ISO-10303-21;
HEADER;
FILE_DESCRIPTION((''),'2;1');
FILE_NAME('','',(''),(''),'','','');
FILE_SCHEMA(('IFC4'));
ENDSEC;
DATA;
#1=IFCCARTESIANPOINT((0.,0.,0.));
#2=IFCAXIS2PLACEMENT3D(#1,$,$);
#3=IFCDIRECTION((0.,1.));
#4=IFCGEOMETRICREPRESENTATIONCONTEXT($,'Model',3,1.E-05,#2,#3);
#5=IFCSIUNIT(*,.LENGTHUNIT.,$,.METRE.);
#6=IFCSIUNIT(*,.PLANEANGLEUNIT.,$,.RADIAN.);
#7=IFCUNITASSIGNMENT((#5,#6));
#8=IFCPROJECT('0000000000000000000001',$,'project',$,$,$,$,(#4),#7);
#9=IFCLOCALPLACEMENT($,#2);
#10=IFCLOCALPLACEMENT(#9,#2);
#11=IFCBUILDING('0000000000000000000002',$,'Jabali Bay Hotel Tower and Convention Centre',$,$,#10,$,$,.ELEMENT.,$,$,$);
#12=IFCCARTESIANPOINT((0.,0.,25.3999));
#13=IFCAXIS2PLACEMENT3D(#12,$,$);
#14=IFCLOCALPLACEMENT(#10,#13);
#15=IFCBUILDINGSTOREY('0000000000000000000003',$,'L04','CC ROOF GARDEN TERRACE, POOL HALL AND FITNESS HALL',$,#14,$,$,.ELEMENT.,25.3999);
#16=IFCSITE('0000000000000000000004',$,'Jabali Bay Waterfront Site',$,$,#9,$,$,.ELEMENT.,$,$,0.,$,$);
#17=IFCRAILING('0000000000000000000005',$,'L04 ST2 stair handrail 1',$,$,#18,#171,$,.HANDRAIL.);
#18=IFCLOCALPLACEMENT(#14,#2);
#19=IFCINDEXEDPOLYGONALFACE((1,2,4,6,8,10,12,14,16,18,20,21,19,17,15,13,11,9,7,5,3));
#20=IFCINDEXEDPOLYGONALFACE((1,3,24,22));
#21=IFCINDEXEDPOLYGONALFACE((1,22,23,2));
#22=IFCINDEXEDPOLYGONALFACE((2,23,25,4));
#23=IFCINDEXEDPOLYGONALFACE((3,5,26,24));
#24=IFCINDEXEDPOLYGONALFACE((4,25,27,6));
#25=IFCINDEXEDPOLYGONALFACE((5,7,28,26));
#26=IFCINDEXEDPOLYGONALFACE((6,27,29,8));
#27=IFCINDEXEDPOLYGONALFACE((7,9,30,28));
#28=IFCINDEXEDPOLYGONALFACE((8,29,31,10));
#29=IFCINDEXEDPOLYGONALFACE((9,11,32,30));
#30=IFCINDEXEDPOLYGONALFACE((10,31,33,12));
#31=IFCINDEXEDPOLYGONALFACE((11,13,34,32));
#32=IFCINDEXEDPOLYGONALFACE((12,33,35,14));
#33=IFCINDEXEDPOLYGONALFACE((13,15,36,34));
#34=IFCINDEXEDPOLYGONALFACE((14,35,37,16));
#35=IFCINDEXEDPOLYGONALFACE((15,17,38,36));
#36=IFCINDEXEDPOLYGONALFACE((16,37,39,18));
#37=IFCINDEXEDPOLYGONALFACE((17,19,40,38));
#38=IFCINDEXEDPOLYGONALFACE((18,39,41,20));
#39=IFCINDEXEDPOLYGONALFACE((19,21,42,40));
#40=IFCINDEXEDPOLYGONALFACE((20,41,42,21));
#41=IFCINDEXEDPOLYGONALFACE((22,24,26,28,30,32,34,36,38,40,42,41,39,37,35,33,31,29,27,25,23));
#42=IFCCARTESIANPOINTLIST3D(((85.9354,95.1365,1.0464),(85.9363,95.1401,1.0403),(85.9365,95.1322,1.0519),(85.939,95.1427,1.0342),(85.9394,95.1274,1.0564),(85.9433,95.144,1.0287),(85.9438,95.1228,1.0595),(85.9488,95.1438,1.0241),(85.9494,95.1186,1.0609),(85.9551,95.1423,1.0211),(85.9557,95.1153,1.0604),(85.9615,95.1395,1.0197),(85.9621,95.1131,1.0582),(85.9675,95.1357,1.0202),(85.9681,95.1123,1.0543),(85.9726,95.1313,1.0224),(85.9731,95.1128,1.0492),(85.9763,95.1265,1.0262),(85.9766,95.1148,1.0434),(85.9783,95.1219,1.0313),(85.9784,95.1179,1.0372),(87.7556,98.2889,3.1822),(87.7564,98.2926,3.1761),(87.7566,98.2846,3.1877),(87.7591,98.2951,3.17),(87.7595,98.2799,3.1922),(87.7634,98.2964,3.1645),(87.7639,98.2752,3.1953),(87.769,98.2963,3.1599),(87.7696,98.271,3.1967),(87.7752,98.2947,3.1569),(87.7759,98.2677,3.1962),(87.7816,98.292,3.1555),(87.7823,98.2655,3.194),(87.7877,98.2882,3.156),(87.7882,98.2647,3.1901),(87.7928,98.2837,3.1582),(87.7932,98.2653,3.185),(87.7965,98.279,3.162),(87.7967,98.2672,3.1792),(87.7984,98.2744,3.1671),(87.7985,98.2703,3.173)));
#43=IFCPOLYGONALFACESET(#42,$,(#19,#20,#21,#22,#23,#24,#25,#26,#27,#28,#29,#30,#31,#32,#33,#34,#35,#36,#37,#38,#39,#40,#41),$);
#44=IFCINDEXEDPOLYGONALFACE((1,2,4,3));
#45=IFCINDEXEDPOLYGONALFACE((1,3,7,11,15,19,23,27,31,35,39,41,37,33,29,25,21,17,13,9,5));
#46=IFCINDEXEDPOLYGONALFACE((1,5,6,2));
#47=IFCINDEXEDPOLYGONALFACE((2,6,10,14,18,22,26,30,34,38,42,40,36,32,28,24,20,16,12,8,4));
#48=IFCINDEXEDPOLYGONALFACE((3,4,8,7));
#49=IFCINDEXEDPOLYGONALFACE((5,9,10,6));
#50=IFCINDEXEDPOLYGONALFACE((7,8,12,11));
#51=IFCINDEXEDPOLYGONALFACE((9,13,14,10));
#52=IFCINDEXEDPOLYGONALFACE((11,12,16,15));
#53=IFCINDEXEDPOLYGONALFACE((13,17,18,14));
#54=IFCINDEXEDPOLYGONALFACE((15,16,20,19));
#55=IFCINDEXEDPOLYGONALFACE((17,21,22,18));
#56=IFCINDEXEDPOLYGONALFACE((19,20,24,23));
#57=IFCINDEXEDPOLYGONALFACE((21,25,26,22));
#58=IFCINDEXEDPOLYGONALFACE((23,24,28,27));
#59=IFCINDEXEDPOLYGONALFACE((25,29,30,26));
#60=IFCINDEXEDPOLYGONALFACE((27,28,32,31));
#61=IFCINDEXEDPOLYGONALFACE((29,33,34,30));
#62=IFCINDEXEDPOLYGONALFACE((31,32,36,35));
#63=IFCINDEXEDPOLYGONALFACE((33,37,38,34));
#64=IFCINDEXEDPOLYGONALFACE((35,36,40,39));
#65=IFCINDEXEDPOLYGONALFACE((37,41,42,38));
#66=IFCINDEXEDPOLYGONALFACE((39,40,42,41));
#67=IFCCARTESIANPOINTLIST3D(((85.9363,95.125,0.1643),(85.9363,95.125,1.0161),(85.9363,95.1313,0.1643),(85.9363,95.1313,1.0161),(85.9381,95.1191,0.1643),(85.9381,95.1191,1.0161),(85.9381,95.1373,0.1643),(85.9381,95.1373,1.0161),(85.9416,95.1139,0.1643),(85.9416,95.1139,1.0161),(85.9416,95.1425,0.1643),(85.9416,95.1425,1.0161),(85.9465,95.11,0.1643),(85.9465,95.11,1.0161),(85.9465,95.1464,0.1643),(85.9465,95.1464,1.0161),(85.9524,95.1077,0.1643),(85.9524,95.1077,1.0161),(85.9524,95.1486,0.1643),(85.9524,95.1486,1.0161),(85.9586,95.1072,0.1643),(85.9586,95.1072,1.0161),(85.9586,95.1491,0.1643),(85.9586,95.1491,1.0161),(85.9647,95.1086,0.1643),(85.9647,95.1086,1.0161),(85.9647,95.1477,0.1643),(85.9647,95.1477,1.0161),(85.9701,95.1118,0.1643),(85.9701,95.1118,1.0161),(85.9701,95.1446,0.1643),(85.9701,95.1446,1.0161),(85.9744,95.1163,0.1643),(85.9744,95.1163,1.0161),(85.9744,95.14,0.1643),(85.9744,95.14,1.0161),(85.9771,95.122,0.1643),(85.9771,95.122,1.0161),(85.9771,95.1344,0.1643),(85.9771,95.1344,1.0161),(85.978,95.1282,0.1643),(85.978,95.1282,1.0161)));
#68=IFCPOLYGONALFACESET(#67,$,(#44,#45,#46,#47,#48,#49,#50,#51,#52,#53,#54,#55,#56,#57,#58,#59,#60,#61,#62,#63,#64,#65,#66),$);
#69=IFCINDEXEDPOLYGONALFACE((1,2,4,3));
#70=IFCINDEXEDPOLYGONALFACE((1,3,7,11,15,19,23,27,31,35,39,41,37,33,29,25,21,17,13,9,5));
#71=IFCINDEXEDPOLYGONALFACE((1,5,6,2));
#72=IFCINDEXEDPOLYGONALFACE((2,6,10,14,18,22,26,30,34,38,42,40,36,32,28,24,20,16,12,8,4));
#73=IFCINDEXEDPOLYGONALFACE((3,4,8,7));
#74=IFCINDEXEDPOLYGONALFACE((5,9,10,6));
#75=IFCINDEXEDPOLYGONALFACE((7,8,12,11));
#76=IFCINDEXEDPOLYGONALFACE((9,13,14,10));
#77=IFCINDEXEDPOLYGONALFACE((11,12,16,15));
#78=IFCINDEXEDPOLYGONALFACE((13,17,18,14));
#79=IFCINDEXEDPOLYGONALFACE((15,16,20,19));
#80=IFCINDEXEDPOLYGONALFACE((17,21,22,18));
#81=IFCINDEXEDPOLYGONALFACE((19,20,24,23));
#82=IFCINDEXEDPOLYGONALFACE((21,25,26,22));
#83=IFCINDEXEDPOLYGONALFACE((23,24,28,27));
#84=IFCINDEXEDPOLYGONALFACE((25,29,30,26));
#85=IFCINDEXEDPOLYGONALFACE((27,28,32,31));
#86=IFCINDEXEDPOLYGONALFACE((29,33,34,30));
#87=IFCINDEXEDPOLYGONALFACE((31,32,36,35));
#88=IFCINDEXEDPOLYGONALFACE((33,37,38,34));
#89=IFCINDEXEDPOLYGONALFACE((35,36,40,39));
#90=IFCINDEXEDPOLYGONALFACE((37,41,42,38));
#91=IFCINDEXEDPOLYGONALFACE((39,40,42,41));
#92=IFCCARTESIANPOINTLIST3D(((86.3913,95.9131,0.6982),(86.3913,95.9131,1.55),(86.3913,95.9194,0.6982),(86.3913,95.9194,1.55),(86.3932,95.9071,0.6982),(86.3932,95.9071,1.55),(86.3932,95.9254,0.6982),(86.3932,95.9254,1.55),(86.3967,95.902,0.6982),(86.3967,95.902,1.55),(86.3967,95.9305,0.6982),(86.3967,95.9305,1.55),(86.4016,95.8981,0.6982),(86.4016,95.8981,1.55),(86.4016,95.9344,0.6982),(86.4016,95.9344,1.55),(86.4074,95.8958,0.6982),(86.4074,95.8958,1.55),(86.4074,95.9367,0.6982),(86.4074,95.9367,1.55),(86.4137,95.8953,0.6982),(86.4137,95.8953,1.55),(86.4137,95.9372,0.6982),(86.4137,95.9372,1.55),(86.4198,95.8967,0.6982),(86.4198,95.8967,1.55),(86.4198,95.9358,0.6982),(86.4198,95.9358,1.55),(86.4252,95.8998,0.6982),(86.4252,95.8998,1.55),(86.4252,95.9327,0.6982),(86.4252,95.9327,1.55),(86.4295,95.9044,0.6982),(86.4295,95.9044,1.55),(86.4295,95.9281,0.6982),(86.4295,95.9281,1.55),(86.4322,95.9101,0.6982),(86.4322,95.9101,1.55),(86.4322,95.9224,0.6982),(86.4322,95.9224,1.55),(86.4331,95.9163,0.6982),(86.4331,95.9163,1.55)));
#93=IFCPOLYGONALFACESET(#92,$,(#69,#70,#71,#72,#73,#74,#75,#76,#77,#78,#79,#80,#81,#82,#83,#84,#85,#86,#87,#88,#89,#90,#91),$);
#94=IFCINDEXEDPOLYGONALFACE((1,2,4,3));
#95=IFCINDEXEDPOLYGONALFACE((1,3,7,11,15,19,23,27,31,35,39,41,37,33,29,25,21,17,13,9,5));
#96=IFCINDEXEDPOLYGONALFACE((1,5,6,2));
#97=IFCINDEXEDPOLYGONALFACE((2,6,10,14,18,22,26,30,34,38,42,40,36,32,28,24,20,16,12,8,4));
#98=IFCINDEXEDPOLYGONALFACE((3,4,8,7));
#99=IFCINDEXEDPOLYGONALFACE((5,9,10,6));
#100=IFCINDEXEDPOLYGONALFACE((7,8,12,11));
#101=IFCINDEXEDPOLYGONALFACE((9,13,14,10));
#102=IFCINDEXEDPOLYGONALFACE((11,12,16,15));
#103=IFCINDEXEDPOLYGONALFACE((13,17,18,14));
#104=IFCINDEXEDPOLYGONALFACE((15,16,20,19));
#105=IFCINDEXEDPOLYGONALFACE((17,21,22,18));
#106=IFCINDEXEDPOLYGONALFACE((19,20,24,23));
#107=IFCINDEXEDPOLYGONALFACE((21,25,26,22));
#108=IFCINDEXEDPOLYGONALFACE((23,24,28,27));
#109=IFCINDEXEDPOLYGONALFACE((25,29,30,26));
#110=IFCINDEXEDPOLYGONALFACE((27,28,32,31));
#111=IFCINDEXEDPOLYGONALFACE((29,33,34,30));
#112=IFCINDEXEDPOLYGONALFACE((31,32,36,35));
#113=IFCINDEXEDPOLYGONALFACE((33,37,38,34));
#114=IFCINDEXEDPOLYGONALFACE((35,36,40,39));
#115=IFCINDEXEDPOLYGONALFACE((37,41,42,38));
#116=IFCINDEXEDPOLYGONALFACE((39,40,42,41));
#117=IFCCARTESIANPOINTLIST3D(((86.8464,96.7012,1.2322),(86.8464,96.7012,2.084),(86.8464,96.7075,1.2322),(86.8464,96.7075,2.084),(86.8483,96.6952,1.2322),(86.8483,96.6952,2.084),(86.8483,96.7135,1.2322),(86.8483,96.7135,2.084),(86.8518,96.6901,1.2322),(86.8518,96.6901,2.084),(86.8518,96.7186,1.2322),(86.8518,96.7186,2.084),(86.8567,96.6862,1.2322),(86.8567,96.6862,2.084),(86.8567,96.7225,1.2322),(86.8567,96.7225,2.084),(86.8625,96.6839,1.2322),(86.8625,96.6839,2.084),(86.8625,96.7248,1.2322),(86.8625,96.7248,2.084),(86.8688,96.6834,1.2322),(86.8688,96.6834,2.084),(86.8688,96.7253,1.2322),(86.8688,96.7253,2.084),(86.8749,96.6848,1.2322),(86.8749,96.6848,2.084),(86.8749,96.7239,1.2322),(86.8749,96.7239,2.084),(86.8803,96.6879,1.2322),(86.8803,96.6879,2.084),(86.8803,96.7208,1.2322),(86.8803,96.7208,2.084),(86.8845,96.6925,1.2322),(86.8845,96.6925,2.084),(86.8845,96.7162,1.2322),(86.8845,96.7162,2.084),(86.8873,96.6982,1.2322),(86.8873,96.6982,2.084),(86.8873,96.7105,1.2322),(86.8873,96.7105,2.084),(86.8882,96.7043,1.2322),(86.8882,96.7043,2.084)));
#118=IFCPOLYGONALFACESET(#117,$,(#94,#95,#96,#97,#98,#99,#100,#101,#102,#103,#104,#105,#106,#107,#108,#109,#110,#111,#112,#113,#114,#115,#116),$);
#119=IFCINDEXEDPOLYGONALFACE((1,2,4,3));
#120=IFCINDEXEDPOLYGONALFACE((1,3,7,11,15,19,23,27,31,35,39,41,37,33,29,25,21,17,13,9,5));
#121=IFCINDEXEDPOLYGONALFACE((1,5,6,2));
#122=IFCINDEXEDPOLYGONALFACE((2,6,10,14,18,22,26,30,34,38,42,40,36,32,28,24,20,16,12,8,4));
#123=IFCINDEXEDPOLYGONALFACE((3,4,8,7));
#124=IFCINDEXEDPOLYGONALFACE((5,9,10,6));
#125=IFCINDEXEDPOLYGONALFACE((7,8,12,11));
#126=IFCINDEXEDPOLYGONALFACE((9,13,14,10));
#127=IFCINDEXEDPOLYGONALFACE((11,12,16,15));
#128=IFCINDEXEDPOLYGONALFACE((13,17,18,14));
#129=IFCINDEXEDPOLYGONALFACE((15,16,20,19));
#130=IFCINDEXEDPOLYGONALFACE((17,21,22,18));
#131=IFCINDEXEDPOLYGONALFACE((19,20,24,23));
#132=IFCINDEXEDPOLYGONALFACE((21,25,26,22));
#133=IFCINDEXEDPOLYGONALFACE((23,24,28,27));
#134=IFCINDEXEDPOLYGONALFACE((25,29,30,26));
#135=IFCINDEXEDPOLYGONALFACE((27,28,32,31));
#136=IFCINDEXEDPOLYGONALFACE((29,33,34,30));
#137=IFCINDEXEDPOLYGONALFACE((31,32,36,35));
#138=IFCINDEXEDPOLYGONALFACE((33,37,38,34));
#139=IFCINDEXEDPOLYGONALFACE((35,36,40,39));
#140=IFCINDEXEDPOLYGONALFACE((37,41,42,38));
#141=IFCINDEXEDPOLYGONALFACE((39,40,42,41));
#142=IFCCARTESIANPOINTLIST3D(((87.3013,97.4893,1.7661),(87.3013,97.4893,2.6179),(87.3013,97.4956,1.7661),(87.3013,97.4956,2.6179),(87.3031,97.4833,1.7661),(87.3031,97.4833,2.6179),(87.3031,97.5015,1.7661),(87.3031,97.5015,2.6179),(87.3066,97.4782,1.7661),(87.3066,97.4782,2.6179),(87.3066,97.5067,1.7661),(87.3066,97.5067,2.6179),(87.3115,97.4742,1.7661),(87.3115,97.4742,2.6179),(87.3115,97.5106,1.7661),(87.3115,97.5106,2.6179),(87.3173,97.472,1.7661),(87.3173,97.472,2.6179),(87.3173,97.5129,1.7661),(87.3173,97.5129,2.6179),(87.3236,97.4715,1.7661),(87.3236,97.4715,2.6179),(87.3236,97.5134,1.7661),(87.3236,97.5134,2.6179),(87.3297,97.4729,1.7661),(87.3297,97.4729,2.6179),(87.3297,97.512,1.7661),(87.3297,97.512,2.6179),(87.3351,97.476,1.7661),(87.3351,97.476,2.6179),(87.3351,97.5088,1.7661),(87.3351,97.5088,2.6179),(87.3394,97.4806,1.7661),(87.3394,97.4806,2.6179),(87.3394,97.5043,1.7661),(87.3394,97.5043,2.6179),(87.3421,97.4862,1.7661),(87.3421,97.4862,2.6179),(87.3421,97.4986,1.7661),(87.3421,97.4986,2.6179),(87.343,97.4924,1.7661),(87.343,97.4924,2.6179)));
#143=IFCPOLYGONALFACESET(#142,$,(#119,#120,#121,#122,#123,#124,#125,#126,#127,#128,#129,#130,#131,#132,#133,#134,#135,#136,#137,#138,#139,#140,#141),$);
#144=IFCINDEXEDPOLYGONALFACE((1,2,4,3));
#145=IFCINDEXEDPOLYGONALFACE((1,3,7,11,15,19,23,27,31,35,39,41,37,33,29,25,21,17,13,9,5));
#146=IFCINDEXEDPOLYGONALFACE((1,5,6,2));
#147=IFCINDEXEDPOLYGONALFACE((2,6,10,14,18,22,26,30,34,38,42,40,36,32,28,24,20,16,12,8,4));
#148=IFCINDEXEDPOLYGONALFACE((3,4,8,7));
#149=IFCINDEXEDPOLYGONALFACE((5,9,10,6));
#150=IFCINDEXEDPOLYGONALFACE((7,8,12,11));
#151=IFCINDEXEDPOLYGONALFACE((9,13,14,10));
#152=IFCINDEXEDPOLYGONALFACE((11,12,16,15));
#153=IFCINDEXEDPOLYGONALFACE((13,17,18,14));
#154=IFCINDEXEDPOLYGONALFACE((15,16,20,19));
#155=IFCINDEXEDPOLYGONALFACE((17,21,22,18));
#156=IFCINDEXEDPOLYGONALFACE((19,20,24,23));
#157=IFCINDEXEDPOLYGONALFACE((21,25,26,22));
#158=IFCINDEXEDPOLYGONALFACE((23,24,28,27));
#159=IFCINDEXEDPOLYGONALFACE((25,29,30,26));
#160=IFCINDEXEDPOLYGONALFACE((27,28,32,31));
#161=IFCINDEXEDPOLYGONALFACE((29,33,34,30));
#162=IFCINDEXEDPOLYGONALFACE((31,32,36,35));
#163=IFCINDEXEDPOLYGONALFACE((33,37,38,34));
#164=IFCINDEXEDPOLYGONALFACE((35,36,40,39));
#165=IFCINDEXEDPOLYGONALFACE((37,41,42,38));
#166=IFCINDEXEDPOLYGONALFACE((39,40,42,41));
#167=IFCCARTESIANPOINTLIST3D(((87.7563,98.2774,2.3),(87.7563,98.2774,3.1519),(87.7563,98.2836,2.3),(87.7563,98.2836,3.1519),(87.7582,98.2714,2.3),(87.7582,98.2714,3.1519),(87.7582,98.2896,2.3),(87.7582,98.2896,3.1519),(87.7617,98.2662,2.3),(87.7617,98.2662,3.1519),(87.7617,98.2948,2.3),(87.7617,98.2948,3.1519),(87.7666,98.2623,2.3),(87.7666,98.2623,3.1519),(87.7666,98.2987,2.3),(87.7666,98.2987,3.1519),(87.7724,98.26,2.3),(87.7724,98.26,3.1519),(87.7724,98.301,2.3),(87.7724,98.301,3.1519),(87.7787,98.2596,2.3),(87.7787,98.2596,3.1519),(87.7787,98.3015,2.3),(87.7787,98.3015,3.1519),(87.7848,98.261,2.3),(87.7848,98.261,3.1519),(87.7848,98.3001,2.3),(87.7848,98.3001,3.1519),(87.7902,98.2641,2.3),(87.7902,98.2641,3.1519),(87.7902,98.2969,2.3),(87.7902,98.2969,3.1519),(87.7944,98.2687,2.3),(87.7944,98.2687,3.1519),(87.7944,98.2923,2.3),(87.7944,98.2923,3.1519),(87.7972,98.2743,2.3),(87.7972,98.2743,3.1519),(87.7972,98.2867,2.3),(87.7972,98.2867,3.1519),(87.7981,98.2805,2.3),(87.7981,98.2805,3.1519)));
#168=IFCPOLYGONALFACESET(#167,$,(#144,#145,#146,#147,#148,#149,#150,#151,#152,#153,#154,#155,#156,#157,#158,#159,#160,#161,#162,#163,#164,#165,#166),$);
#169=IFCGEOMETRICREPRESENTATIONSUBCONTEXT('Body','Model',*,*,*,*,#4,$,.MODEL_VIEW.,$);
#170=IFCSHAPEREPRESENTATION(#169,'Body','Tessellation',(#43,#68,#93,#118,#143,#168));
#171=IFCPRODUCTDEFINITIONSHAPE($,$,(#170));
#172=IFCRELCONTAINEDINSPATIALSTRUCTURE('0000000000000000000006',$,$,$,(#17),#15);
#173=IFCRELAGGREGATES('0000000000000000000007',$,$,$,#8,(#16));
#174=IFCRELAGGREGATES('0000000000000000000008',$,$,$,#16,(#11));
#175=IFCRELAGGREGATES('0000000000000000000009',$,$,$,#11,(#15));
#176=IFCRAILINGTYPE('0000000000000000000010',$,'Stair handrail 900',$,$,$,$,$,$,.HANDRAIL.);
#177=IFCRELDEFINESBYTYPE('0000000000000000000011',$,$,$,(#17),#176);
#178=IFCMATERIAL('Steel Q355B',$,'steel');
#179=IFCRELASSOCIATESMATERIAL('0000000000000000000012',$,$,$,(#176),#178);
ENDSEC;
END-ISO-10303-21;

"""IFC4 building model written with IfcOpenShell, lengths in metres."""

from ifc_helpers import new_model, si_unit, direction, frame, origin, origin_2d, place, context, subcontext, project, spatial, circle, extrude, material, type_object, element, save


model = new_model("IFC4")

# Units and contexts
model_context = context("Model", 3, precision=1e-05, world=origin(), true_north=direction((0.0, 1.0)))
body_context = subcontext(model_context, "Body", "Model", "MODEL_VIEW")
ifc_project = project(units=[si_unit("LENGTHUNIT", "METRE"), si_unit("PLANEANGLEUNIT", "RADIAN")], contexts=[model_context])

# Site, building, storey
site_placement = place(None, origin())
site = spatial("IfcSite", under=ifc_project, at=site_placement, Name="Jabali Bay Waterfront Site", CompositionType="ELEMENT", RefElevation=0.0)
building_placement = place(site_placement, origin())
building = spatial("IfcBuilding", under=site, at=building_placement, Name="Jabali Bay Hotel Tower and Convention Centre", CompositionType="ELEMENT")
storey_placement = place(building_placement, frame((0.0, 0.0, 25.3999)))
storey = spatial("IfcBuildingStorey", under=building, at=storey_placement, Name="L04", Description="CC ROOF GARDEN TERRACE, POOL HALL AND FITNESS HALL", CompositionType="ELEMENT", Elevation=25.3999)

# Railing
ifc_material_1 = material(Name="Steel Q355B", Category="steel")
railing_type_1 = type_object("IfcRailingType", Name="Stair handrail 900", PredefinedType="HANDRAIL", material=ifc_material_1)
railing_1_placement = place(storey_placement, frame((85.957, 95.1282, 0.1643)))
element("IfcRailing", 1, at=railing_1_placement, inside=storey, type_object=railing_type_1, Name="L04 ST2 stair handrail 1", PredefinedType="HANDRAIL", context=body_context, shape_type="SweptSolid", body=[
    extrude(circle(Radius=0.0239, at=origin_2d()), frame((0.0, 0.0, 0.876), z_axis=(0.431261, 0.74694, 0.506059), x_axis=(-0.866018, 0.500013, 0.0)), (0.0, 0.0, 1.0), 4.2205),
    extrude(circle(Radius=0.021, at=origin_2d()), origin(), (0.0, 0.0, 1.0), 0.8518),
    extrude(circle(Radius=0.021, at=origin_2d()), frame((0.4551, 0.7881, 0.5339)), (0.0, 0.0, 1.0), 0.8518),
    extrude(circle(Radius=0.021, at=origin_2d()), frame((0.9102, 1.5762, 1.0679)), (0.0, 0.0, 1.0), 0.8518),
    extrude(circle(Radius=0.021, at=origin_2d()), frame((1.365, 2.3643, 1.6018)), (0.0, 0.0, 1.0), 0.8518),
    extrude(circle(Radius=0.021, at=origin_2d()), frame((1.8201, 3.1523, 2.1357)), (0.0, 0.0, 1.0), 0.8518),
])

save(model, "model.ifc")
